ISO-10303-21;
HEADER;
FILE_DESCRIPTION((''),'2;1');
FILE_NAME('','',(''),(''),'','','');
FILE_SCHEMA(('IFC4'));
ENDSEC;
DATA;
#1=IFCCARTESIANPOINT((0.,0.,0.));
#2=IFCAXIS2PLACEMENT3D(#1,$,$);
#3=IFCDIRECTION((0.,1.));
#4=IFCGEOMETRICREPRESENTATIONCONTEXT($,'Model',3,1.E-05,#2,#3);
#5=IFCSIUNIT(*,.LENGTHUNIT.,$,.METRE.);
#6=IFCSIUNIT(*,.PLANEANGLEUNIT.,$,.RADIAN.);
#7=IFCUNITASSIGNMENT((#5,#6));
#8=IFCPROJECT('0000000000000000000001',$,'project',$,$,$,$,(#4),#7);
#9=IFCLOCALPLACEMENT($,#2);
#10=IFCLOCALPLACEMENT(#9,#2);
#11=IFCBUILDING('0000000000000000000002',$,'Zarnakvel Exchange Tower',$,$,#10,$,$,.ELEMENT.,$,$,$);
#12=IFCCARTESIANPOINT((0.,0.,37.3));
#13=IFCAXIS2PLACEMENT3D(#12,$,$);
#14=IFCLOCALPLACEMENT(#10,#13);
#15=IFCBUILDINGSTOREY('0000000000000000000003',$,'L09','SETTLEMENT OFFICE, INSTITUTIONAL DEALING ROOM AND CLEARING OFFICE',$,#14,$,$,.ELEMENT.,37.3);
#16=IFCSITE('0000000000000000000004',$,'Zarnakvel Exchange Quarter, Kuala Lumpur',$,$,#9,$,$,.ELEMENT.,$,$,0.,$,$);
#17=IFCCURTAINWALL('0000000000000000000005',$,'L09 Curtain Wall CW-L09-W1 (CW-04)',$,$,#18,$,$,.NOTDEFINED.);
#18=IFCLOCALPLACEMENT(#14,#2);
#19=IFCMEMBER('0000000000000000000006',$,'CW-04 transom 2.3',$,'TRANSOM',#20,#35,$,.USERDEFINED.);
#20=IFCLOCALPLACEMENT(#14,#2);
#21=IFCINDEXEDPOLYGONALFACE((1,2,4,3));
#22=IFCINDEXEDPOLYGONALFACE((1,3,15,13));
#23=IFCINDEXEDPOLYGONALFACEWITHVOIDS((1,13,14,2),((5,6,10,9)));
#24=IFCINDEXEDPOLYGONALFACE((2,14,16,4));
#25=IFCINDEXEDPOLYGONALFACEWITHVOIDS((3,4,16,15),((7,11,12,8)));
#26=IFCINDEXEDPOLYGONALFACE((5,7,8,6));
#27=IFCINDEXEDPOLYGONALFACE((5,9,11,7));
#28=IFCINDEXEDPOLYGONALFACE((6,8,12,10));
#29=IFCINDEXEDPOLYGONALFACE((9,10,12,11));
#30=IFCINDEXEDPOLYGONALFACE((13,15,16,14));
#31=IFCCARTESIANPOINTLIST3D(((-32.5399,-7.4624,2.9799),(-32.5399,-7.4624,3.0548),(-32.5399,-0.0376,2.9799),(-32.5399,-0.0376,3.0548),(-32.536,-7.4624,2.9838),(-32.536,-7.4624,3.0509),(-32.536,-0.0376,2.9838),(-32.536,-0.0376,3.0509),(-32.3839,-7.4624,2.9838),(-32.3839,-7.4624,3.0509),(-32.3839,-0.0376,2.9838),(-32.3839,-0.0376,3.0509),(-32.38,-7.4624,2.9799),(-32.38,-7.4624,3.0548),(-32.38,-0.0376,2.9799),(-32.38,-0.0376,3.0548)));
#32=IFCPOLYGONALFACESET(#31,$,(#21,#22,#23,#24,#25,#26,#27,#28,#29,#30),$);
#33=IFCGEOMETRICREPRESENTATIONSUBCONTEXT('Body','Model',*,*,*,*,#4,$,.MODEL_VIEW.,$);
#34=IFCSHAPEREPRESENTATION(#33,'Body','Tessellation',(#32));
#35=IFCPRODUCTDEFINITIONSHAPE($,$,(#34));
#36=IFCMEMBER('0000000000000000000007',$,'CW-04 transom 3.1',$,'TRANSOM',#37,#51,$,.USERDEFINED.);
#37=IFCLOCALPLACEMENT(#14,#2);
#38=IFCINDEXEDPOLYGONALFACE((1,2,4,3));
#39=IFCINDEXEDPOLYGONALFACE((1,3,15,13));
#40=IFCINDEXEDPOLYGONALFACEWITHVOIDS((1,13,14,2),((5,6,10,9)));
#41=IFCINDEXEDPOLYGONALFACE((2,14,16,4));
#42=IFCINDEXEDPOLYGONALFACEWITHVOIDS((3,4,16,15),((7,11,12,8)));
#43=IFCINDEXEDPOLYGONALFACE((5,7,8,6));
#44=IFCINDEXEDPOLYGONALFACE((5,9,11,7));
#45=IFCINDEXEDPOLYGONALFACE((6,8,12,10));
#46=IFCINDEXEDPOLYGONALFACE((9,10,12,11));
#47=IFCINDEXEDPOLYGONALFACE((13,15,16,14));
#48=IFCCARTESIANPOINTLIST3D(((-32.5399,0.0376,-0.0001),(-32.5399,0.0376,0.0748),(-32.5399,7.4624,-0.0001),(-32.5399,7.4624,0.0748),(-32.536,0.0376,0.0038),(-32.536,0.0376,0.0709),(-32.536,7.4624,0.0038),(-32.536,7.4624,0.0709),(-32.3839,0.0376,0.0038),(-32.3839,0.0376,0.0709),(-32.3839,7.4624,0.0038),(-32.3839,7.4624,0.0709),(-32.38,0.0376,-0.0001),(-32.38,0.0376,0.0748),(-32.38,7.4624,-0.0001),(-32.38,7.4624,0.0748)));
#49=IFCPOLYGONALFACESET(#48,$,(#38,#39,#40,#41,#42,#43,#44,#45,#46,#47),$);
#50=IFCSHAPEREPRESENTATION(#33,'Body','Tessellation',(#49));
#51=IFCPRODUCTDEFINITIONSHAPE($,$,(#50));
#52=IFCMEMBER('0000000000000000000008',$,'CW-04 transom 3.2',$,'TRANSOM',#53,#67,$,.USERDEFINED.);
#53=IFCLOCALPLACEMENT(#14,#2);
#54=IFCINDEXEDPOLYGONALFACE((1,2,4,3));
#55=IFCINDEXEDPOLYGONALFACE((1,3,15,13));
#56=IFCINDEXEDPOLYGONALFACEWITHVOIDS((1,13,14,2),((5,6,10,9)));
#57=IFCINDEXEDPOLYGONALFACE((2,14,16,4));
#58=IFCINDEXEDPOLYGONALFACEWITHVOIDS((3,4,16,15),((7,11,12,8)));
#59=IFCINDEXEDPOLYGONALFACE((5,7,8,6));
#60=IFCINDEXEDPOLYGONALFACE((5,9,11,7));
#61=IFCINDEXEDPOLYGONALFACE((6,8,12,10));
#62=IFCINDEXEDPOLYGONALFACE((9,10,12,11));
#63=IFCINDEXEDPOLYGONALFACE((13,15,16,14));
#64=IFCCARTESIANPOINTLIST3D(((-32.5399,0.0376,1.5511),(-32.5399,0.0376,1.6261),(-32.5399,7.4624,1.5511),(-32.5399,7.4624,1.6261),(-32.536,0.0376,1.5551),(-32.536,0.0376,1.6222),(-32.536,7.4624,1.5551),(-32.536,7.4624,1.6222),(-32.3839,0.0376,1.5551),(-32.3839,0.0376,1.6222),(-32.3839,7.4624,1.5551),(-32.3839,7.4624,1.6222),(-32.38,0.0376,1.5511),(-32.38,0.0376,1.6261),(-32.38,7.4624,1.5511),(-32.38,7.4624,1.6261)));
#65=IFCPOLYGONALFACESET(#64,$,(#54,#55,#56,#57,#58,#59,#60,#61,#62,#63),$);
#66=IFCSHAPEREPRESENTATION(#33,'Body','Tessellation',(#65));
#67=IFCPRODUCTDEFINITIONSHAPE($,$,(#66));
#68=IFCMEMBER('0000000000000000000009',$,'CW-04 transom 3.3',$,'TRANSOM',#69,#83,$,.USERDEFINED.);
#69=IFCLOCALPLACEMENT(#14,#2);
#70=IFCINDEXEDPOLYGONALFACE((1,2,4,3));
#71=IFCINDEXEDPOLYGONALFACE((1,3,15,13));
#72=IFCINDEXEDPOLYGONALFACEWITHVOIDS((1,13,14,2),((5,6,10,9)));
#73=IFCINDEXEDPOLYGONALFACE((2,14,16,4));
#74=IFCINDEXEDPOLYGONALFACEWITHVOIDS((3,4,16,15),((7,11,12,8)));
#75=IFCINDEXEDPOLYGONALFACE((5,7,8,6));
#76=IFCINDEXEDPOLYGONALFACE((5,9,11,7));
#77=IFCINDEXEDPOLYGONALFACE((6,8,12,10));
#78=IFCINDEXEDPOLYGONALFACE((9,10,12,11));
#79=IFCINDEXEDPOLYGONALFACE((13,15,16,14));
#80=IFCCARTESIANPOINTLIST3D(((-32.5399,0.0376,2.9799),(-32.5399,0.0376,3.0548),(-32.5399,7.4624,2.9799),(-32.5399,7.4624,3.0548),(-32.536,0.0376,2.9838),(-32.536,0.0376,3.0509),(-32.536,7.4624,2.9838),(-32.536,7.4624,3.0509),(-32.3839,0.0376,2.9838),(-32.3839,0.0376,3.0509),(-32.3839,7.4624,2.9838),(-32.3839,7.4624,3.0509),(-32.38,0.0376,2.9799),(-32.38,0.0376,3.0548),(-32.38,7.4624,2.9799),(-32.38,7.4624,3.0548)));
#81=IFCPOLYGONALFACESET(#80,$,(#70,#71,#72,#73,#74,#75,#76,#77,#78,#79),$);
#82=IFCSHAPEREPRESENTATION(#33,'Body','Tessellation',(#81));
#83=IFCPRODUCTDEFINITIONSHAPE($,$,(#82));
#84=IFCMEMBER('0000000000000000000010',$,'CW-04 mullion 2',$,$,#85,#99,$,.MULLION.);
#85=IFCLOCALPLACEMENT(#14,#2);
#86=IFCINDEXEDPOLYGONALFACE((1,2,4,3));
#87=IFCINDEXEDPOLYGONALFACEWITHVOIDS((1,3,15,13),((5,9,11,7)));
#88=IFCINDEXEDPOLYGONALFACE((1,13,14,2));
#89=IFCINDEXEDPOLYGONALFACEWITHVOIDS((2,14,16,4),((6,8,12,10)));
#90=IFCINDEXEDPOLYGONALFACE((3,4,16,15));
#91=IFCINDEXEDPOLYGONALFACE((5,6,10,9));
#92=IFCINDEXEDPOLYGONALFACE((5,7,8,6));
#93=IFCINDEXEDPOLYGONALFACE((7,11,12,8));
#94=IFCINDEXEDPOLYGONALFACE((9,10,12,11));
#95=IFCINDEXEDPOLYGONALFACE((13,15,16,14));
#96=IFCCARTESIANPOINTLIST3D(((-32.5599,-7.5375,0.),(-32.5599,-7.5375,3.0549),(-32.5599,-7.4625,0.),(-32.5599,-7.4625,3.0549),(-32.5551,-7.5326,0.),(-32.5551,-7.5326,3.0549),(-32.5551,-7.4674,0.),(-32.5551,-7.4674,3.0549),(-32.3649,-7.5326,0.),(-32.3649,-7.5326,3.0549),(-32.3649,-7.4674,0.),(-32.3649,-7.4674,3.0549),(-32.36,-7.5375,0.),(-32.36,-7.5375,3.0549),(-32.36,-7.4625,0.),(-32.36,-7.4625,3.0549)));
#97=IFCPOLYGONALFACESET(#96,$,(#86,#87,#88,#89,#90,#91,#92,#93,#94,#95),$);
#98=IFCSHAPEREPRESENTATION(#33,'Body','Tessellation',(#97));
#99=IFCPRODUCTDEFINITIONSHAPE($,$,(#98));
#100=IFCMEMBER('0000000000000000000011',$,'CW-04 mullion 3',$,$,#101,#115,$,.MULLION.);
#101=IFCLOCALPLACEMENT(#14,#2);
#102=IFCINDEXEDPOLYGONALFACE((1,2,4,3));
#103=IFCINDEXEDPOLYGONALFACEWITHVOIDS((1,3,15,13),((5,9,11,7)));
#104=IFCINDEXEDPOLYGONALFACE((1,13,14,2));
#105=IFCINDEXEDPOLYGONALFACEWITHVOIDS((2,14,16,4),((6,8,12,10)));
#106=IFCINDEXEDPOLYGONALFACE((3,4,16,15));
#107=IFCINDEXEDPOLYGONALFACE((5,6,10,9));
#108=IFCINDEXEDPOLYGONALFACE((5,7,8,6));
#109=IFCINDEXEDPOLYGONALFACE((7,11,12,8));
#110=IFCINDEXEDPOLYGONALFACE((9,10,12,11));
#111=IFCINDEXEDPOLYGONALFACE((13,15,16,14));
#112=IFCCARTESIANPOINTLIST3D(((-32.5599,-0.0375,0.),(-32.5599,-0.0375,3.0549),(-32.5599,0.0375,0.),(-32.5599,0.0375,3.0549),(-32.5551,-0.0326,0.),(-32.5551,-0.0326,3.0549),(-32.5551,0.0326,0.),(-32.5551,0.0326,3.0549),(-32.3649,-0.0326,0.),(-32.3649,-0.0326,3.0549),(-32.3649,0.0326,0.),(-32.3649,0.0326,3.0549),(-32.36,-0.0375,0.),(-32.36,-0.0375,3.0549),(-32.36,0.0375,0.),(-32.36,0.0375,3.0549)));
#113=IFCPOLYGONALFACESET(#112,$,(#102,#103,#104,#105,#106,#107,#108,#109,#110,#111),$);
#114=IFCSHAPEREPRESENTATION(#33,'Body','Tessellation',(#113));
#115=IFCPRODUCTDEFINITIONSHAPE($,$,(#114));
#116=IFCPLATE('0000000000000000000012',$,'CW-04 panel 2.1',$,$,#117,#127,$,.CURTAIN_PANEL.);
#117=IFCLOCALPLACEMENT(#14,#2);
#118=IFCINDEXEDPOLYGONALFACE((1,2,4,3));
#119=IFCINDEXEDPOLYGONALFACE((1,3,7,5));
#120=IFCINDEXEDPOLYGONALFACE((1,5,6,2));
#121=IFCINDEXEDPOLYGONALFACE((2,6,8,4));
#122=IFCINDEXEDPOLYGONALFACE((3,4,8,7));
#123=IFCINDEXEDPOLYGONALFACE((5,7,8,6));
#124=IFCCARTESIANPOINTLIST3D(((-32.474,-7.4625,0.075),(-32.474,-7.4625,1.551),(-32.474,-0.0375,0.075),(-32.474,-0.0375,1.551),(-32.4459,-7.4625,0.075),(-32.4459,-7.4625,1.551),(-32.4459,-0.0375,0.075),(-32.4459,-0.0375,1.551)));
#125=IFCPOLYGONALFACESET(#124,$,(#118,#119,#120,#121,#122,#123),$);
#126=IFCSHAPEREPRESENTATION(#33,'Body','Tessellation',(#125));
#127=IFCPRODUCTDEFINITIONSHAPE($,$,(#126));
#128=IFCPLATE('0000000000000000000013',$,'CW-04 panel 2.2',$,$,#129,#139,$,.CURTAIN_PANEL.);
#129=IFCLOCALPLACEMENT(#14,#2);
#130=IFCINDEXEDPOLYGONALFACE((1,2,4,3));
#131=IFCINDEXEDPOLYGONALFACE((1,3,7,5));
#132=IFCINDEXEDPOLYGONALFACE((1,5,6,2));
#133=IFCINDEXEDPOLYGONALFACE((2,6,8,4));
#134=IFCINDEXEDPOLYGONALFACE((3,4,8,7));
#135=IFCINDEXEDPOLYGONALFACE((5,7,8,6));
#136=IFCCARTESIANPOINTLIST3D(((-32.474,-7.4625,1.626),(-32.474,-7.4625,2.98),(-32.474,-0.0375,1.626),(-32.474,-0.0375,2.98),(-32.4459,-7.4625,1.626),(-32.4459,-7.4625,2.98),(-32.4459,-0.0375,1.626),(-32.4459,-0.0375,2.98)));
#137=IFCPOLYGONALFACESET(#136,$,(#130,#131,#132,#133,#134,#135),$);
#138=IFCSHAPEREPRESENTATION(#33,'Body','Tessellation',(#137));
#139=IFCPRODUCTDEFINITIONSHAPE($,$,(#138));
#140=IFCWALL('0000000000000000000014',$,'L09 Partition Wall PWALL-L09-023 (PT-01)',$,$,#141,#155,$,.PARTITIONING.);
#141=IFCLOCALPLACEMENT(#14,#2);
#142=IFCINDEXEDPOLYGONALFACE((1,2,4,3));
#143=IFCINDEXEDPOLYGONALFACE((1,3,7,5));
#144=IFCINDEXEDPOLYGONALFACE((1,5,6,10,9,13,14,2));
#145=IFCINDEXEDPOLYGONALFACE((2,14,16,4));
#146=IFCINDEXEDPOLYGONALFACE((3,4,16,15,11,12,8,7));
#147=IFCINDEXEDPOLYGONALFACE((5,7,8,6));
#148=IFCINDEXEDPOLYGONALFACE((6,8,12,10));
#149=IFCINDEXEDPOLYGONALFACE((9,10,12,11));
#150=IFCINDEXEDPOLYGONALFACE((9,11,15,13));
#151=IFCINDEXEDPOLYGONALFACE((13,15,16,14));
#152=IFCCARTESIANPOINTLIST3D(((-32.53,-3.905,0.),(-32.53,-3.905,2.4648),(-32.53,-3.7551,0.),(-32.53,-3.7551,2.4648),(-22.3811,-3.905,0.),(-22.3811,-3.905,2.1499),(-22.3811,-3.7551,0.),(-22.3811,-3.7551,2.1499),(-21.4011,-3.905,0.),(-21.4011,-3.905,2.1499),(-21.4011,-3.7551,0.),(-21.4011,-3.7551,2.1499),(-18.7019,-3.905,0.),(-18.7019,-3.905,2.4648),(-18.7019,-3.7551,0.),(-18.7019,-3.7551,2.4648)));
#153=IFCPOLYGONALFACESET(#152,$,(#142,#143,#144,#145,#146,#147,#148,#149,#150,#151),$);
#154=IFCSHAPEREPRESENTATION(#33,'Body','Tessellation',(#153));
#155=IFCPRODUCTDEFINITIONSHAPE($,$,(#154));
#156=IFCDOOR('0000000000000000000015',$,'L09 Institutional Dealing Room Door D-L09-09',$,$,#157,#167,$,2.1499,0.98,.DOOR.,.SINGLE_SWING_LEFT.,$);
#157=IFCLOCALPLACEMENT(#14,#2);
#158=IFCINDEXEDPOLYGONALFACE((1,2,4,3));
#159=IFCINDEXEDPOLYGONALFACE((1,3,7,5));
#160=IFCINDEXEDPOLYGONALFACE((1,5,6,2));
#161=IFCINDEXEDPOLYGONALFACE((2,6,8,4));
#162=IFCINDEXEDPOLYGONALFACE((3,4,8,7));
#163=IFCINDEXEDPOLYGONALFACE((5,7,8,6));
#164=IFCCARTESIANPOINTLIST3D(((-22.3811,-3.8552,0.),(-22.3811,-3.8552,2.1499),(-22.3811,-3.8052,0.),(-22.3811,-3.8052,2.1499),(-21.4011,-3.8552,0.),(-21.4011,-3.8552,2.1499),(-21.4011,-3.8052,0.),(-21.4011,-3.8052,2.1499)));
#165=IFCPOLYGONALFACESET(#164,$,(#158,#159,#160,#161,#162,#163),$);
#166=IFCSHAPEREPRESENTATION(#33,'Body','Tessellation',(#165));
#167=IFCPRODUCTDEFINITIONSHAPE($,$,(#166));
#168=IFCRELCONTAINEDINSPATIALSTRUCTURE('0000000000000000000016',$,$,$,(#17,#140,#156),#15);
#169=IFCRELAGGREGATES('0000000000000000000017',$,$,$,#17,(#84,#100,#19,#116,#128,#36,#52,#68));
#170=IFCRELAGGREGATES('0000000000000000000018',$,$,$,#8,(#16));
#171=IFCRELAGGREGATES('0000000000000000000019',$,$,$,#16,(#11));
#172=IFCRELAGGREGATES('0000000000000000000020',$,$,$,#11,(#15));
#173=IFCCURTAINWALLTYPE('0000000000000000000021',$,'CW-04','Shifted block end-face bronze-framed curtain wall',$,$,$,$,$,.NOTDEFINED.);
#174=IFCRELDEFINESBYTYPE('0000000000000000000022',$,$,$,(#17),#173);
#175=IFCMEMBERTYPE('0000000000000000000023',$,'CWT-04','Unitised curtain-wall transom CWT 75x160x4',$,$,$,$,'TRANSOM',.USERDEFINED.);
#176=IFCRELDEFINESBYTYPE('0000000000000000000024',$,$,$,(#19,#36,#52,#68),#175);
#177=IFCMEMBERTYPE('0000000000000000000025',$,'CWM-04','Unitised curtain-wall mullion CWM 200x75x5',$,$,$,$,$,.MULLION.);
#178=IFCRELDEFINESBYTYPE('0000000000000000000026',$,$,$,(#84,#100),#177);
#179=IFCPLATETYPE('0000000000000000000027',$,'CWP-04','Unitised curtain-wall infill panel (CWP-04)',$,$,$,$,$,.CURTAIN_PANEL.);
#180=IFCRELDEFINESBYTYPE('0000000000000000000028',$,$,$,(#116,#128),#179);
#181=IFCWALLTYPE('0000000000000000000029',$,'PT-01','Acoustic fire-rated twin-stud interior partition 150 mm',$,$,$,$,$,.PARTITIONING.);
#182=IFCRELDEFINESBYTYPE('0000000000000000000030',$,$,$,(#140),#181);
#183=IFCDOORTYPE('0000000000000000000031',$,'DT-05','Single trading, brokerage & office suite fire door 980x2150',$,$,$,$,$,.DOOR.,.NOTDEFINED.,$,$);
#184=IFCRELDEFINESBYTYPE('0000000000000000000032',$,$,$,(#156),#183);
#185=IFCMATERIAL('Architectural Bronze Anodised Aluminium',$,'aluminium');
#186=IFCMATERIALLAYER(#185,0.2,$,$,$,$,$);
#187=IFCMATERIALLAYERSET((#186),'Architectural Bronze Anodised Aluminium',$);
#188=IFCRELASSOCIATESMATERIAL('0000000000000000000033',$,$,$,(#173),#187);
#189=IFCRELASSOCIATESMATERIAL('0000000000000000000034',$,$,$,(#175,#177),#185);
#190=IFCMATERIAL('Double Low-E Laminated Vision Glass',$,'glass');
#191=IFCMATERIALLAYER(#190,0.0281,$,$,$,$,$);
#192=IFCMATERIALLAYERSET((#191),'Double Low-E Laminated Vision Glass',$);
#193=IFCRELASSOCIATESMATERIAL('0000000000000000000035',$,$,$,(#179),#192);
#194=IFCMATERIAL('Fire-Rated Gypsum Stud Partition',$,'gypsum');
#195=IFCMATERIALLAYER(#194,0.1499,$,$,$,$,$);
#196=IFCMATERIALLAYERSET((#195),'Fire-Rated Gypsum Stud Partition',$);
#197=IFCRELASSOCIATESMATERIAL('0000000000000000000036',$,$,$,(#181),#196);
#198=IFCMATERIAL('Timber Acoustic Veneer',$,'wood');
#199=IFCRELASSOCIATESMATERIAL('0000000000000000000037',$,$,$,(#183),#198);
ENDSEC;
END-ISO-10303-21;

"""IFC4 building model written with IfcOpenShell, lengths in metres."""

from ifc_helpers import new_model, si_unit, direction, frame, frame_2d, origin, origin_2d, place, context, subcontext, project, spatial, rectangle, hollow_rectangle, extrude, source, transform, mapped, material, layer, layer_set, material_profile, profile_set, type_object, element, fill, aggregate, save


model = new_model("IFC4")

# Units and contexts
model_context = context("Model", 3, precision=1e-05, world=origin(), true_north=direction((0.0, 1.0)))
body_context = subcontext(model_context, "Body", "Model", "MODEL_VIEW")
ifc_project = project(units=[si_unit("LENGTHUNIT", "METRE"), si_unit("PLANEANGLEUNIT", "RADIAN")], contexts=[model_context])

# Site, building, storey
site_placement = place(None, origin())
site = spatial("IfcSite", under=ifc_project, at=site_placement, Name="Zarnakvel Exchange Quarter, Kuala Lumpur", CompositionType="ELEMENT", RefElevation=0.0)
building_placement = place(site_placement, origin())
building = spatial("IfcBuilding", under=site, at=building_placement, Name="Zarnakvel Exchange Tower", CompositionType="ELEMENT")
storey_placement = place(building_placement, frame((0.0, 0.0, 37.3)))
storey = spatial("IfcBuildingStorey", under=building, at=storey_placement, Name="L09", Description="SETTLEMENT OFFICE, INSTITUTIONAL DEALING ROOM AND CLEARING OFFICE", CompositionType="ELEMENT", Elevation=37.3)

# Curtain wall, members, plates
ifc_material_1 = material(Name="Architectural Bronze Anodised Aluminium", Category="aluminium")
ifc_layer_1 = layer(ifc_material_1, 0.2)
ifc_layer_set_1 = layer_set([ifc_layer_1], Name="Architectural Bronze Anodised Aluminium")
curtain_wall_type = type_object("IfcCurtainWallType", Name="CW-04", Description="Shifted block end-face bronze-framed curtain wall", PredefinedType="NOTDEFINED", material=ifc_layer_set_1)
curtain_wall_placement = place(storey_placement, origin())
curtain_wall = element("IfcCurtainWall", 1, at=curtain_wall_placement, inside=storey, type_object=curtain_wall_type, Name="L09 Curtain Wall CW-L09-W1 (CW-04)", PredefinedType="NOTDEFINED")
ifc_material_profile_1 = material_profile(ifc_material_1, hollow_rectangle(XDim=0.1599, YDim=0.075, WallThickness=0.0039, at=origin_2d()))
ifc_profile_set_1 = profile_set([ifc_material_profile_1], Name="Architectural Bronze Anodised Aluminium")
member_type_1 = type_object("IfcMemberType", Name="CWT-04", Description="Unitised curtain-wall transom CWT 75x160x4", ElementType="TRANSOM", PredefinedType="USERDEFINED", material=ifc_profile_set_1)
shared_shape_1 = source(origin(), body_context, "Body", "SweptSolid", [
    extrude(hollow_rectangle(XDim=0.1599, YDim=0.075, WallThickness=0.0039, at=origin_2d()), origin(), (0.0, 0.0, 1.0), 7.4248),
])
member_1_placement = place(storey_placement, frame((-32.46, -7.4624, 3.0173), z_axis=(0.0, 1.0, 0.0), x_axis=(-1.0, 0.0, 0.0)))
member_1 = element("IfcMember", 2, at=member_1_placement, type_object=member_type_1, Name="CW-04 transom 2.3", ObjectType="TRANSOM", PredefinedType="USERDEFINED", context=body_context, shape_type="MappedRepresentation", body=[
    mapped(shared_shape_1, transform((0.0, 0.0, 0.0), x_axis=(1.0, 0.0, 0.0), y_axis=(0.0, 1.0, 0.0), z_axis=(0.0, 0.0, 1.0), scale=1.0)),
])
member_2_placement = place(storey_placement, frame((-32.46, 0.0376, 0.0374), z_axis=(0.0, 1.0, 0.0), x_axis=(-1.0, 0.0, 0.0)))
member_2 = element("IfcMember", 3, at=member_2_placement, type_object=member_type_1, Name="CW-04 transom 3.1", ObjectType="TRANSOM", PredefinedType="USERDEFINED", context=body_context, shape_type="MappedRepresentation", body=[
    mapped(shared_shape_1, transform((0.0, 0.0, 0.0), x_axis=(1.0, 0.0, 0.0), y_axis=(0.0, 1.0, 0.0), z_axis=(0.0, 0.0, 1.0), scale=1.0)),
])
member_3_placement = place(storey_placement, frame((-32.46, 0.0376, 1.5886), z_axis=(0.0, 1.0, 0.0), x_axis=(-1.0, 0.0, 0.0)))
member_3 = element("IfcMember", 4, at=member_3_placement, type_object=member_type_1, Name="CW-04 transom 3.2", ObjectType="TRANSOM", PredefinedType="USERDEFINED", context=body_context, shape_type="MappedRepresentation", body=[
    mapped(shared_shape_1, transform((0.0, 0.0, 0.0), x_axis=(1.0, 0.0, 0.0), y_axis=(0.0, 1.0, 0.0), z_axis=(0.0, 0.0, 1.0), scale=1.0)),
])
member_4_placement = place(storey_placement, frame((-32.46, 0.0376, 3.0173), z_axis=(0.0, 1.0, 0.0), x_axis=(-1.0, 0.0, 0.0)))
member_4 = element("IfcMember", 5, at=member_4_placement, type_object=member_type_1, Name="CW-04 transom 3.3", ObjectType="TRANSOM", PredefinedType="USERDEFINED", context=body_context, shape_type="MappedRepresentation", body=[
    mapped(shared_shape_1, transform((0.0, 0.0, 0.0), x_axis=(1.0, 0.0, 0.0), y_axis=(0.0, 1.0, 0.0), z_axis=(0.0, 0.0, 1.0), scale=1.0)),
])
ifc_material_profile_2 = material_profile(ifc_material_1, hollow_rectangle(XDim=0.2, YDim=0.075, WallThickness=0.0049, at=origin_2d()))
ifc_profile_set_2 = profile_set([ifc_material_profile_2], Name="Architectural Bronze Anodised Aluminium")
member_type_2 = type_object("IfcMemberType", Name="CWM-04", Description="Unitised curtain-wall mullion CWM 200x75x5", PredefinedType="MULLION", material=ifc_profile_set_2)
shared_shape_2 = source(origin(), body_context, "Body", "SweptSolid", [
    extrude(hollow_rectangle(XDim=0.2, YDim=0.075, WallThickness=0.0049, at=origin_2d()), origin(), (0.0, 0.0, 1.0), 3.0549),
])
member_5_placement = place(storey_placement, frame((-32.46, -7.5, 0.0), z_axis=(0.0, 0.0, 1.0), x_axis=(-1.0, 0.0, 0.0)))
member_5 = element("IfcMember", 6, at=member_5_placement, type_object=member_type_2, Name="CW-04 mullion 2", PredefinedType="MULLION", context=body_context, shape_type="MappedRepresentation", body=[
    mapped(shared_shape_2, transform((0.0, 0.0, 0.0), x_axis=(1.0, 0.0, 0.0), y_axis=(0.0, 1.0, 0.0), z_axis=(0.0, 0.0, 1.0), scale=1.0)),
])
member_6_placement = place(storey_placement, frame((-32.46, 0.0, 0.0), z_axis=(0.0, 0.0, 1.0), x_axis=(-1.0, 0.0, 0.0)))
member_6 = element("IfcMember", 7, at=member_6_placement, type_object=member_type_2, Name="CW-04 mullion 3", PredefinedType="MULLION", context=body_context, shape_type="MappedRepresentation", body=[
    mapped(shared_shape_2, transform((0.0, 0.0, 0.0), x_axis=(1.0, 0.0, 0.0), y_axis=(0.0, 1.0, 0.0), z_axis=(0.0, 0.0, 1.0), scale=1.0)),
])
ifc_material_2 = material(Name="Double Low-E Laminated Vision Glass", Category="glass")
ifc_layer_2 = layer(ifc_material_2, 0.0281)
ifc_layer_set_2 = layer_set([ifc_layer_2], Name="Double Low-E Laminated Vision Glass")
plate_type = type_object("IfcPlateType", Name="CWP-04", Description="Unitised curtain-wall infill panel (CWP-04)", PredefinedType="CURTAIN_PANEL", material=ifc_layer_set_2)
shared_shape_3 = source(origin(), body_context, "Body", "SweptSolid", [
    extrude(rectangle(XDim=7.425, YDim=0.0281, at=origin_2d()), origin(), (0.0, 0.0, 1.0), 1.4761),
])
plate_1_placement = place(storey_placement, frame((-32.46, -3.75, 0.075), z_axis=(0.0, 0.0, 1.0), x_axis=(0.0, 1.0, 0.0)))
plate_1 = element("IfcPlate", 8, at=plate_1_placement, type_object=plate_type, Name="CW-04 panel 2.1", PredefinedType="CURTAIN_PANEL", context=body_context, shape_type="MappedRepresentation", body=[
    mapped(shared_shape_3, transform((0.0, 0.0, 0.0), x_axis=(1.0, 0.0, 0.0), y_axis=(0.0, 1.0, 0.0), z_axis=(0.0, 0.0, 1.0), scale=1.0)),
])
shared_shape_4 = source(origin(), body_context, "Body", "SweptSolid", [
    extrude(rectangle(XDim=7.425, YDim=0.0281, at=origin_2d()), origin(), (0.0, 0.0, 1.0), 1.354),
])
plate_2_placement = place(storey_placement, frame((-32.46, -3.75, 1.626), z_axis=(0.0, 0.0, 1.0), x_axis=(0.0, 1.0, 0.0)))
plate_2 = element("IfcPlate", 9, at=plate_2_placement, type_object=plate_type, Name="CW-04 panel 2.2", PredefinedType="CURTAIN_PANEL", context=body_context, shape_type="MappedRepresentation", body=[
    mapped(shared_shape_4, transform((0.0, 0.0, 0.0), x_axis=(1.0, 0.0, 0.0), y_axis=(0.0, 1.0, 0.0), z_axis=(0.0, 0.0, 1.0), scale=1.0)),
])
aggregate(curtain_wall, [member_5, member_6, member_1, plate_1, plate_2, member_2, member_3, member_4])

# Wall, opening, door
ifc_material_3 = material(Name="Fire-Rated Gypsum Stud Partition", Category="gypsum")
ifc_layer_3 = layer(ifc_material_3, 0.1499)
ifc_layer_set_3 = layer_set([ifc_layer_3], Name="Fire-Rated Gypsum Stud Partition")
wall_type = type_object("IfcWallType", Name="PT-01", Description="Acoustic fire-rated twin-stud interior partition 150 mm", PredefinedType="PARTITIONING", material=ifc_layer_set_3)
wall_1_placement = place(storey_placement, frame((-32.53, -3.8301, 0.0), z_axis=(0.0, 0.0, 1.0), x_axis=(1.0, 0.0, 0.0)))
wall_1 = element("IfcWall", 10, at=wall_1_placement, inside=storey, type_object=wall_type, Name="L09 Partition Wall PWALL-L09-023 (PT-01)", PredefinedType="PARTITIONING", context=body_context, shape_type="SweptSolid", body=[
    extrude(rectangle(XDim=13.8281, YDim=0.1499, at=frame_2d((6.9141, 0.0))), origin(), (0.0, 0.0, 1.0), 2.4648),
])
opening_1_placement = place(wall_1_placement, frame((10.1489, 0.0, 0.0)))
opening_1 = element("IfcOpeningElement", 11, at=opening_1_placement, cuts=wall_1, PredefinedType="OPENING", context=body_context, shape_type="SweptSolid", body=[
    extrude(rectangle(XDim=0.98, YDim=2.1499, at=frame_2d((0.49, 1.075))), frame((0.0, 0.085, 0.0), z_axis=(0.0, -1.0, 0.0), x_axis=(1.0, 0.0, 0.0)), (0.0, 0.0, 1.0), 0.1699),
])
ifc_material_4 = material(Name="Timber Acoustic Veneer", Category="wood")
door_type = type_object("IfcDoorType", Name="DT-05", Description="Single trading, brokerage & office suite fire door 980x2150", OperationType="NOTDEFINED", PredefinedType="DOOR", material=ifc_material_4)
shared_shape_5 = source(origin(), body_context, "Body", "SweptSolid", [
    extrude(rectangle(XDim=0.98, YDim=2.1499, at=frame_2d((0.49, 1.075))), frame((0.0, 0.0249, 0.0), z_axis=(0.0, -1.0, 0.0), x_axis=(1.0, 0.0, 0.0)), (0.0, 0.0, 1.0), 0.05),
])
door_1_placement = place(opening_1_placement, origin())
door_1 = element("IfcDoor", 12, at=door_1_placement, inside=storey, type_object=door_type, Name="L09 Institutional Dealing Room Door D-L09-09", OperationType="SINGLE_SWING_LEFT", OverallHeight=2.1499, OverallWidth=0.98, PredefinedType="DOOR", context=body_context, shape_type="MappedRepresentation", body=[
    mapped(shared_shape_5, transform((0.0, 0.0, 0.0), x_axis=(1.0, 0.0, 0.0), y_axis=(0.0, 1.0, 0.0), z_axis=(0.0, 0.0, 1.0), scale=1.0)),
])
fill(opening_1, door_1)

save(model, "model.ifc")
